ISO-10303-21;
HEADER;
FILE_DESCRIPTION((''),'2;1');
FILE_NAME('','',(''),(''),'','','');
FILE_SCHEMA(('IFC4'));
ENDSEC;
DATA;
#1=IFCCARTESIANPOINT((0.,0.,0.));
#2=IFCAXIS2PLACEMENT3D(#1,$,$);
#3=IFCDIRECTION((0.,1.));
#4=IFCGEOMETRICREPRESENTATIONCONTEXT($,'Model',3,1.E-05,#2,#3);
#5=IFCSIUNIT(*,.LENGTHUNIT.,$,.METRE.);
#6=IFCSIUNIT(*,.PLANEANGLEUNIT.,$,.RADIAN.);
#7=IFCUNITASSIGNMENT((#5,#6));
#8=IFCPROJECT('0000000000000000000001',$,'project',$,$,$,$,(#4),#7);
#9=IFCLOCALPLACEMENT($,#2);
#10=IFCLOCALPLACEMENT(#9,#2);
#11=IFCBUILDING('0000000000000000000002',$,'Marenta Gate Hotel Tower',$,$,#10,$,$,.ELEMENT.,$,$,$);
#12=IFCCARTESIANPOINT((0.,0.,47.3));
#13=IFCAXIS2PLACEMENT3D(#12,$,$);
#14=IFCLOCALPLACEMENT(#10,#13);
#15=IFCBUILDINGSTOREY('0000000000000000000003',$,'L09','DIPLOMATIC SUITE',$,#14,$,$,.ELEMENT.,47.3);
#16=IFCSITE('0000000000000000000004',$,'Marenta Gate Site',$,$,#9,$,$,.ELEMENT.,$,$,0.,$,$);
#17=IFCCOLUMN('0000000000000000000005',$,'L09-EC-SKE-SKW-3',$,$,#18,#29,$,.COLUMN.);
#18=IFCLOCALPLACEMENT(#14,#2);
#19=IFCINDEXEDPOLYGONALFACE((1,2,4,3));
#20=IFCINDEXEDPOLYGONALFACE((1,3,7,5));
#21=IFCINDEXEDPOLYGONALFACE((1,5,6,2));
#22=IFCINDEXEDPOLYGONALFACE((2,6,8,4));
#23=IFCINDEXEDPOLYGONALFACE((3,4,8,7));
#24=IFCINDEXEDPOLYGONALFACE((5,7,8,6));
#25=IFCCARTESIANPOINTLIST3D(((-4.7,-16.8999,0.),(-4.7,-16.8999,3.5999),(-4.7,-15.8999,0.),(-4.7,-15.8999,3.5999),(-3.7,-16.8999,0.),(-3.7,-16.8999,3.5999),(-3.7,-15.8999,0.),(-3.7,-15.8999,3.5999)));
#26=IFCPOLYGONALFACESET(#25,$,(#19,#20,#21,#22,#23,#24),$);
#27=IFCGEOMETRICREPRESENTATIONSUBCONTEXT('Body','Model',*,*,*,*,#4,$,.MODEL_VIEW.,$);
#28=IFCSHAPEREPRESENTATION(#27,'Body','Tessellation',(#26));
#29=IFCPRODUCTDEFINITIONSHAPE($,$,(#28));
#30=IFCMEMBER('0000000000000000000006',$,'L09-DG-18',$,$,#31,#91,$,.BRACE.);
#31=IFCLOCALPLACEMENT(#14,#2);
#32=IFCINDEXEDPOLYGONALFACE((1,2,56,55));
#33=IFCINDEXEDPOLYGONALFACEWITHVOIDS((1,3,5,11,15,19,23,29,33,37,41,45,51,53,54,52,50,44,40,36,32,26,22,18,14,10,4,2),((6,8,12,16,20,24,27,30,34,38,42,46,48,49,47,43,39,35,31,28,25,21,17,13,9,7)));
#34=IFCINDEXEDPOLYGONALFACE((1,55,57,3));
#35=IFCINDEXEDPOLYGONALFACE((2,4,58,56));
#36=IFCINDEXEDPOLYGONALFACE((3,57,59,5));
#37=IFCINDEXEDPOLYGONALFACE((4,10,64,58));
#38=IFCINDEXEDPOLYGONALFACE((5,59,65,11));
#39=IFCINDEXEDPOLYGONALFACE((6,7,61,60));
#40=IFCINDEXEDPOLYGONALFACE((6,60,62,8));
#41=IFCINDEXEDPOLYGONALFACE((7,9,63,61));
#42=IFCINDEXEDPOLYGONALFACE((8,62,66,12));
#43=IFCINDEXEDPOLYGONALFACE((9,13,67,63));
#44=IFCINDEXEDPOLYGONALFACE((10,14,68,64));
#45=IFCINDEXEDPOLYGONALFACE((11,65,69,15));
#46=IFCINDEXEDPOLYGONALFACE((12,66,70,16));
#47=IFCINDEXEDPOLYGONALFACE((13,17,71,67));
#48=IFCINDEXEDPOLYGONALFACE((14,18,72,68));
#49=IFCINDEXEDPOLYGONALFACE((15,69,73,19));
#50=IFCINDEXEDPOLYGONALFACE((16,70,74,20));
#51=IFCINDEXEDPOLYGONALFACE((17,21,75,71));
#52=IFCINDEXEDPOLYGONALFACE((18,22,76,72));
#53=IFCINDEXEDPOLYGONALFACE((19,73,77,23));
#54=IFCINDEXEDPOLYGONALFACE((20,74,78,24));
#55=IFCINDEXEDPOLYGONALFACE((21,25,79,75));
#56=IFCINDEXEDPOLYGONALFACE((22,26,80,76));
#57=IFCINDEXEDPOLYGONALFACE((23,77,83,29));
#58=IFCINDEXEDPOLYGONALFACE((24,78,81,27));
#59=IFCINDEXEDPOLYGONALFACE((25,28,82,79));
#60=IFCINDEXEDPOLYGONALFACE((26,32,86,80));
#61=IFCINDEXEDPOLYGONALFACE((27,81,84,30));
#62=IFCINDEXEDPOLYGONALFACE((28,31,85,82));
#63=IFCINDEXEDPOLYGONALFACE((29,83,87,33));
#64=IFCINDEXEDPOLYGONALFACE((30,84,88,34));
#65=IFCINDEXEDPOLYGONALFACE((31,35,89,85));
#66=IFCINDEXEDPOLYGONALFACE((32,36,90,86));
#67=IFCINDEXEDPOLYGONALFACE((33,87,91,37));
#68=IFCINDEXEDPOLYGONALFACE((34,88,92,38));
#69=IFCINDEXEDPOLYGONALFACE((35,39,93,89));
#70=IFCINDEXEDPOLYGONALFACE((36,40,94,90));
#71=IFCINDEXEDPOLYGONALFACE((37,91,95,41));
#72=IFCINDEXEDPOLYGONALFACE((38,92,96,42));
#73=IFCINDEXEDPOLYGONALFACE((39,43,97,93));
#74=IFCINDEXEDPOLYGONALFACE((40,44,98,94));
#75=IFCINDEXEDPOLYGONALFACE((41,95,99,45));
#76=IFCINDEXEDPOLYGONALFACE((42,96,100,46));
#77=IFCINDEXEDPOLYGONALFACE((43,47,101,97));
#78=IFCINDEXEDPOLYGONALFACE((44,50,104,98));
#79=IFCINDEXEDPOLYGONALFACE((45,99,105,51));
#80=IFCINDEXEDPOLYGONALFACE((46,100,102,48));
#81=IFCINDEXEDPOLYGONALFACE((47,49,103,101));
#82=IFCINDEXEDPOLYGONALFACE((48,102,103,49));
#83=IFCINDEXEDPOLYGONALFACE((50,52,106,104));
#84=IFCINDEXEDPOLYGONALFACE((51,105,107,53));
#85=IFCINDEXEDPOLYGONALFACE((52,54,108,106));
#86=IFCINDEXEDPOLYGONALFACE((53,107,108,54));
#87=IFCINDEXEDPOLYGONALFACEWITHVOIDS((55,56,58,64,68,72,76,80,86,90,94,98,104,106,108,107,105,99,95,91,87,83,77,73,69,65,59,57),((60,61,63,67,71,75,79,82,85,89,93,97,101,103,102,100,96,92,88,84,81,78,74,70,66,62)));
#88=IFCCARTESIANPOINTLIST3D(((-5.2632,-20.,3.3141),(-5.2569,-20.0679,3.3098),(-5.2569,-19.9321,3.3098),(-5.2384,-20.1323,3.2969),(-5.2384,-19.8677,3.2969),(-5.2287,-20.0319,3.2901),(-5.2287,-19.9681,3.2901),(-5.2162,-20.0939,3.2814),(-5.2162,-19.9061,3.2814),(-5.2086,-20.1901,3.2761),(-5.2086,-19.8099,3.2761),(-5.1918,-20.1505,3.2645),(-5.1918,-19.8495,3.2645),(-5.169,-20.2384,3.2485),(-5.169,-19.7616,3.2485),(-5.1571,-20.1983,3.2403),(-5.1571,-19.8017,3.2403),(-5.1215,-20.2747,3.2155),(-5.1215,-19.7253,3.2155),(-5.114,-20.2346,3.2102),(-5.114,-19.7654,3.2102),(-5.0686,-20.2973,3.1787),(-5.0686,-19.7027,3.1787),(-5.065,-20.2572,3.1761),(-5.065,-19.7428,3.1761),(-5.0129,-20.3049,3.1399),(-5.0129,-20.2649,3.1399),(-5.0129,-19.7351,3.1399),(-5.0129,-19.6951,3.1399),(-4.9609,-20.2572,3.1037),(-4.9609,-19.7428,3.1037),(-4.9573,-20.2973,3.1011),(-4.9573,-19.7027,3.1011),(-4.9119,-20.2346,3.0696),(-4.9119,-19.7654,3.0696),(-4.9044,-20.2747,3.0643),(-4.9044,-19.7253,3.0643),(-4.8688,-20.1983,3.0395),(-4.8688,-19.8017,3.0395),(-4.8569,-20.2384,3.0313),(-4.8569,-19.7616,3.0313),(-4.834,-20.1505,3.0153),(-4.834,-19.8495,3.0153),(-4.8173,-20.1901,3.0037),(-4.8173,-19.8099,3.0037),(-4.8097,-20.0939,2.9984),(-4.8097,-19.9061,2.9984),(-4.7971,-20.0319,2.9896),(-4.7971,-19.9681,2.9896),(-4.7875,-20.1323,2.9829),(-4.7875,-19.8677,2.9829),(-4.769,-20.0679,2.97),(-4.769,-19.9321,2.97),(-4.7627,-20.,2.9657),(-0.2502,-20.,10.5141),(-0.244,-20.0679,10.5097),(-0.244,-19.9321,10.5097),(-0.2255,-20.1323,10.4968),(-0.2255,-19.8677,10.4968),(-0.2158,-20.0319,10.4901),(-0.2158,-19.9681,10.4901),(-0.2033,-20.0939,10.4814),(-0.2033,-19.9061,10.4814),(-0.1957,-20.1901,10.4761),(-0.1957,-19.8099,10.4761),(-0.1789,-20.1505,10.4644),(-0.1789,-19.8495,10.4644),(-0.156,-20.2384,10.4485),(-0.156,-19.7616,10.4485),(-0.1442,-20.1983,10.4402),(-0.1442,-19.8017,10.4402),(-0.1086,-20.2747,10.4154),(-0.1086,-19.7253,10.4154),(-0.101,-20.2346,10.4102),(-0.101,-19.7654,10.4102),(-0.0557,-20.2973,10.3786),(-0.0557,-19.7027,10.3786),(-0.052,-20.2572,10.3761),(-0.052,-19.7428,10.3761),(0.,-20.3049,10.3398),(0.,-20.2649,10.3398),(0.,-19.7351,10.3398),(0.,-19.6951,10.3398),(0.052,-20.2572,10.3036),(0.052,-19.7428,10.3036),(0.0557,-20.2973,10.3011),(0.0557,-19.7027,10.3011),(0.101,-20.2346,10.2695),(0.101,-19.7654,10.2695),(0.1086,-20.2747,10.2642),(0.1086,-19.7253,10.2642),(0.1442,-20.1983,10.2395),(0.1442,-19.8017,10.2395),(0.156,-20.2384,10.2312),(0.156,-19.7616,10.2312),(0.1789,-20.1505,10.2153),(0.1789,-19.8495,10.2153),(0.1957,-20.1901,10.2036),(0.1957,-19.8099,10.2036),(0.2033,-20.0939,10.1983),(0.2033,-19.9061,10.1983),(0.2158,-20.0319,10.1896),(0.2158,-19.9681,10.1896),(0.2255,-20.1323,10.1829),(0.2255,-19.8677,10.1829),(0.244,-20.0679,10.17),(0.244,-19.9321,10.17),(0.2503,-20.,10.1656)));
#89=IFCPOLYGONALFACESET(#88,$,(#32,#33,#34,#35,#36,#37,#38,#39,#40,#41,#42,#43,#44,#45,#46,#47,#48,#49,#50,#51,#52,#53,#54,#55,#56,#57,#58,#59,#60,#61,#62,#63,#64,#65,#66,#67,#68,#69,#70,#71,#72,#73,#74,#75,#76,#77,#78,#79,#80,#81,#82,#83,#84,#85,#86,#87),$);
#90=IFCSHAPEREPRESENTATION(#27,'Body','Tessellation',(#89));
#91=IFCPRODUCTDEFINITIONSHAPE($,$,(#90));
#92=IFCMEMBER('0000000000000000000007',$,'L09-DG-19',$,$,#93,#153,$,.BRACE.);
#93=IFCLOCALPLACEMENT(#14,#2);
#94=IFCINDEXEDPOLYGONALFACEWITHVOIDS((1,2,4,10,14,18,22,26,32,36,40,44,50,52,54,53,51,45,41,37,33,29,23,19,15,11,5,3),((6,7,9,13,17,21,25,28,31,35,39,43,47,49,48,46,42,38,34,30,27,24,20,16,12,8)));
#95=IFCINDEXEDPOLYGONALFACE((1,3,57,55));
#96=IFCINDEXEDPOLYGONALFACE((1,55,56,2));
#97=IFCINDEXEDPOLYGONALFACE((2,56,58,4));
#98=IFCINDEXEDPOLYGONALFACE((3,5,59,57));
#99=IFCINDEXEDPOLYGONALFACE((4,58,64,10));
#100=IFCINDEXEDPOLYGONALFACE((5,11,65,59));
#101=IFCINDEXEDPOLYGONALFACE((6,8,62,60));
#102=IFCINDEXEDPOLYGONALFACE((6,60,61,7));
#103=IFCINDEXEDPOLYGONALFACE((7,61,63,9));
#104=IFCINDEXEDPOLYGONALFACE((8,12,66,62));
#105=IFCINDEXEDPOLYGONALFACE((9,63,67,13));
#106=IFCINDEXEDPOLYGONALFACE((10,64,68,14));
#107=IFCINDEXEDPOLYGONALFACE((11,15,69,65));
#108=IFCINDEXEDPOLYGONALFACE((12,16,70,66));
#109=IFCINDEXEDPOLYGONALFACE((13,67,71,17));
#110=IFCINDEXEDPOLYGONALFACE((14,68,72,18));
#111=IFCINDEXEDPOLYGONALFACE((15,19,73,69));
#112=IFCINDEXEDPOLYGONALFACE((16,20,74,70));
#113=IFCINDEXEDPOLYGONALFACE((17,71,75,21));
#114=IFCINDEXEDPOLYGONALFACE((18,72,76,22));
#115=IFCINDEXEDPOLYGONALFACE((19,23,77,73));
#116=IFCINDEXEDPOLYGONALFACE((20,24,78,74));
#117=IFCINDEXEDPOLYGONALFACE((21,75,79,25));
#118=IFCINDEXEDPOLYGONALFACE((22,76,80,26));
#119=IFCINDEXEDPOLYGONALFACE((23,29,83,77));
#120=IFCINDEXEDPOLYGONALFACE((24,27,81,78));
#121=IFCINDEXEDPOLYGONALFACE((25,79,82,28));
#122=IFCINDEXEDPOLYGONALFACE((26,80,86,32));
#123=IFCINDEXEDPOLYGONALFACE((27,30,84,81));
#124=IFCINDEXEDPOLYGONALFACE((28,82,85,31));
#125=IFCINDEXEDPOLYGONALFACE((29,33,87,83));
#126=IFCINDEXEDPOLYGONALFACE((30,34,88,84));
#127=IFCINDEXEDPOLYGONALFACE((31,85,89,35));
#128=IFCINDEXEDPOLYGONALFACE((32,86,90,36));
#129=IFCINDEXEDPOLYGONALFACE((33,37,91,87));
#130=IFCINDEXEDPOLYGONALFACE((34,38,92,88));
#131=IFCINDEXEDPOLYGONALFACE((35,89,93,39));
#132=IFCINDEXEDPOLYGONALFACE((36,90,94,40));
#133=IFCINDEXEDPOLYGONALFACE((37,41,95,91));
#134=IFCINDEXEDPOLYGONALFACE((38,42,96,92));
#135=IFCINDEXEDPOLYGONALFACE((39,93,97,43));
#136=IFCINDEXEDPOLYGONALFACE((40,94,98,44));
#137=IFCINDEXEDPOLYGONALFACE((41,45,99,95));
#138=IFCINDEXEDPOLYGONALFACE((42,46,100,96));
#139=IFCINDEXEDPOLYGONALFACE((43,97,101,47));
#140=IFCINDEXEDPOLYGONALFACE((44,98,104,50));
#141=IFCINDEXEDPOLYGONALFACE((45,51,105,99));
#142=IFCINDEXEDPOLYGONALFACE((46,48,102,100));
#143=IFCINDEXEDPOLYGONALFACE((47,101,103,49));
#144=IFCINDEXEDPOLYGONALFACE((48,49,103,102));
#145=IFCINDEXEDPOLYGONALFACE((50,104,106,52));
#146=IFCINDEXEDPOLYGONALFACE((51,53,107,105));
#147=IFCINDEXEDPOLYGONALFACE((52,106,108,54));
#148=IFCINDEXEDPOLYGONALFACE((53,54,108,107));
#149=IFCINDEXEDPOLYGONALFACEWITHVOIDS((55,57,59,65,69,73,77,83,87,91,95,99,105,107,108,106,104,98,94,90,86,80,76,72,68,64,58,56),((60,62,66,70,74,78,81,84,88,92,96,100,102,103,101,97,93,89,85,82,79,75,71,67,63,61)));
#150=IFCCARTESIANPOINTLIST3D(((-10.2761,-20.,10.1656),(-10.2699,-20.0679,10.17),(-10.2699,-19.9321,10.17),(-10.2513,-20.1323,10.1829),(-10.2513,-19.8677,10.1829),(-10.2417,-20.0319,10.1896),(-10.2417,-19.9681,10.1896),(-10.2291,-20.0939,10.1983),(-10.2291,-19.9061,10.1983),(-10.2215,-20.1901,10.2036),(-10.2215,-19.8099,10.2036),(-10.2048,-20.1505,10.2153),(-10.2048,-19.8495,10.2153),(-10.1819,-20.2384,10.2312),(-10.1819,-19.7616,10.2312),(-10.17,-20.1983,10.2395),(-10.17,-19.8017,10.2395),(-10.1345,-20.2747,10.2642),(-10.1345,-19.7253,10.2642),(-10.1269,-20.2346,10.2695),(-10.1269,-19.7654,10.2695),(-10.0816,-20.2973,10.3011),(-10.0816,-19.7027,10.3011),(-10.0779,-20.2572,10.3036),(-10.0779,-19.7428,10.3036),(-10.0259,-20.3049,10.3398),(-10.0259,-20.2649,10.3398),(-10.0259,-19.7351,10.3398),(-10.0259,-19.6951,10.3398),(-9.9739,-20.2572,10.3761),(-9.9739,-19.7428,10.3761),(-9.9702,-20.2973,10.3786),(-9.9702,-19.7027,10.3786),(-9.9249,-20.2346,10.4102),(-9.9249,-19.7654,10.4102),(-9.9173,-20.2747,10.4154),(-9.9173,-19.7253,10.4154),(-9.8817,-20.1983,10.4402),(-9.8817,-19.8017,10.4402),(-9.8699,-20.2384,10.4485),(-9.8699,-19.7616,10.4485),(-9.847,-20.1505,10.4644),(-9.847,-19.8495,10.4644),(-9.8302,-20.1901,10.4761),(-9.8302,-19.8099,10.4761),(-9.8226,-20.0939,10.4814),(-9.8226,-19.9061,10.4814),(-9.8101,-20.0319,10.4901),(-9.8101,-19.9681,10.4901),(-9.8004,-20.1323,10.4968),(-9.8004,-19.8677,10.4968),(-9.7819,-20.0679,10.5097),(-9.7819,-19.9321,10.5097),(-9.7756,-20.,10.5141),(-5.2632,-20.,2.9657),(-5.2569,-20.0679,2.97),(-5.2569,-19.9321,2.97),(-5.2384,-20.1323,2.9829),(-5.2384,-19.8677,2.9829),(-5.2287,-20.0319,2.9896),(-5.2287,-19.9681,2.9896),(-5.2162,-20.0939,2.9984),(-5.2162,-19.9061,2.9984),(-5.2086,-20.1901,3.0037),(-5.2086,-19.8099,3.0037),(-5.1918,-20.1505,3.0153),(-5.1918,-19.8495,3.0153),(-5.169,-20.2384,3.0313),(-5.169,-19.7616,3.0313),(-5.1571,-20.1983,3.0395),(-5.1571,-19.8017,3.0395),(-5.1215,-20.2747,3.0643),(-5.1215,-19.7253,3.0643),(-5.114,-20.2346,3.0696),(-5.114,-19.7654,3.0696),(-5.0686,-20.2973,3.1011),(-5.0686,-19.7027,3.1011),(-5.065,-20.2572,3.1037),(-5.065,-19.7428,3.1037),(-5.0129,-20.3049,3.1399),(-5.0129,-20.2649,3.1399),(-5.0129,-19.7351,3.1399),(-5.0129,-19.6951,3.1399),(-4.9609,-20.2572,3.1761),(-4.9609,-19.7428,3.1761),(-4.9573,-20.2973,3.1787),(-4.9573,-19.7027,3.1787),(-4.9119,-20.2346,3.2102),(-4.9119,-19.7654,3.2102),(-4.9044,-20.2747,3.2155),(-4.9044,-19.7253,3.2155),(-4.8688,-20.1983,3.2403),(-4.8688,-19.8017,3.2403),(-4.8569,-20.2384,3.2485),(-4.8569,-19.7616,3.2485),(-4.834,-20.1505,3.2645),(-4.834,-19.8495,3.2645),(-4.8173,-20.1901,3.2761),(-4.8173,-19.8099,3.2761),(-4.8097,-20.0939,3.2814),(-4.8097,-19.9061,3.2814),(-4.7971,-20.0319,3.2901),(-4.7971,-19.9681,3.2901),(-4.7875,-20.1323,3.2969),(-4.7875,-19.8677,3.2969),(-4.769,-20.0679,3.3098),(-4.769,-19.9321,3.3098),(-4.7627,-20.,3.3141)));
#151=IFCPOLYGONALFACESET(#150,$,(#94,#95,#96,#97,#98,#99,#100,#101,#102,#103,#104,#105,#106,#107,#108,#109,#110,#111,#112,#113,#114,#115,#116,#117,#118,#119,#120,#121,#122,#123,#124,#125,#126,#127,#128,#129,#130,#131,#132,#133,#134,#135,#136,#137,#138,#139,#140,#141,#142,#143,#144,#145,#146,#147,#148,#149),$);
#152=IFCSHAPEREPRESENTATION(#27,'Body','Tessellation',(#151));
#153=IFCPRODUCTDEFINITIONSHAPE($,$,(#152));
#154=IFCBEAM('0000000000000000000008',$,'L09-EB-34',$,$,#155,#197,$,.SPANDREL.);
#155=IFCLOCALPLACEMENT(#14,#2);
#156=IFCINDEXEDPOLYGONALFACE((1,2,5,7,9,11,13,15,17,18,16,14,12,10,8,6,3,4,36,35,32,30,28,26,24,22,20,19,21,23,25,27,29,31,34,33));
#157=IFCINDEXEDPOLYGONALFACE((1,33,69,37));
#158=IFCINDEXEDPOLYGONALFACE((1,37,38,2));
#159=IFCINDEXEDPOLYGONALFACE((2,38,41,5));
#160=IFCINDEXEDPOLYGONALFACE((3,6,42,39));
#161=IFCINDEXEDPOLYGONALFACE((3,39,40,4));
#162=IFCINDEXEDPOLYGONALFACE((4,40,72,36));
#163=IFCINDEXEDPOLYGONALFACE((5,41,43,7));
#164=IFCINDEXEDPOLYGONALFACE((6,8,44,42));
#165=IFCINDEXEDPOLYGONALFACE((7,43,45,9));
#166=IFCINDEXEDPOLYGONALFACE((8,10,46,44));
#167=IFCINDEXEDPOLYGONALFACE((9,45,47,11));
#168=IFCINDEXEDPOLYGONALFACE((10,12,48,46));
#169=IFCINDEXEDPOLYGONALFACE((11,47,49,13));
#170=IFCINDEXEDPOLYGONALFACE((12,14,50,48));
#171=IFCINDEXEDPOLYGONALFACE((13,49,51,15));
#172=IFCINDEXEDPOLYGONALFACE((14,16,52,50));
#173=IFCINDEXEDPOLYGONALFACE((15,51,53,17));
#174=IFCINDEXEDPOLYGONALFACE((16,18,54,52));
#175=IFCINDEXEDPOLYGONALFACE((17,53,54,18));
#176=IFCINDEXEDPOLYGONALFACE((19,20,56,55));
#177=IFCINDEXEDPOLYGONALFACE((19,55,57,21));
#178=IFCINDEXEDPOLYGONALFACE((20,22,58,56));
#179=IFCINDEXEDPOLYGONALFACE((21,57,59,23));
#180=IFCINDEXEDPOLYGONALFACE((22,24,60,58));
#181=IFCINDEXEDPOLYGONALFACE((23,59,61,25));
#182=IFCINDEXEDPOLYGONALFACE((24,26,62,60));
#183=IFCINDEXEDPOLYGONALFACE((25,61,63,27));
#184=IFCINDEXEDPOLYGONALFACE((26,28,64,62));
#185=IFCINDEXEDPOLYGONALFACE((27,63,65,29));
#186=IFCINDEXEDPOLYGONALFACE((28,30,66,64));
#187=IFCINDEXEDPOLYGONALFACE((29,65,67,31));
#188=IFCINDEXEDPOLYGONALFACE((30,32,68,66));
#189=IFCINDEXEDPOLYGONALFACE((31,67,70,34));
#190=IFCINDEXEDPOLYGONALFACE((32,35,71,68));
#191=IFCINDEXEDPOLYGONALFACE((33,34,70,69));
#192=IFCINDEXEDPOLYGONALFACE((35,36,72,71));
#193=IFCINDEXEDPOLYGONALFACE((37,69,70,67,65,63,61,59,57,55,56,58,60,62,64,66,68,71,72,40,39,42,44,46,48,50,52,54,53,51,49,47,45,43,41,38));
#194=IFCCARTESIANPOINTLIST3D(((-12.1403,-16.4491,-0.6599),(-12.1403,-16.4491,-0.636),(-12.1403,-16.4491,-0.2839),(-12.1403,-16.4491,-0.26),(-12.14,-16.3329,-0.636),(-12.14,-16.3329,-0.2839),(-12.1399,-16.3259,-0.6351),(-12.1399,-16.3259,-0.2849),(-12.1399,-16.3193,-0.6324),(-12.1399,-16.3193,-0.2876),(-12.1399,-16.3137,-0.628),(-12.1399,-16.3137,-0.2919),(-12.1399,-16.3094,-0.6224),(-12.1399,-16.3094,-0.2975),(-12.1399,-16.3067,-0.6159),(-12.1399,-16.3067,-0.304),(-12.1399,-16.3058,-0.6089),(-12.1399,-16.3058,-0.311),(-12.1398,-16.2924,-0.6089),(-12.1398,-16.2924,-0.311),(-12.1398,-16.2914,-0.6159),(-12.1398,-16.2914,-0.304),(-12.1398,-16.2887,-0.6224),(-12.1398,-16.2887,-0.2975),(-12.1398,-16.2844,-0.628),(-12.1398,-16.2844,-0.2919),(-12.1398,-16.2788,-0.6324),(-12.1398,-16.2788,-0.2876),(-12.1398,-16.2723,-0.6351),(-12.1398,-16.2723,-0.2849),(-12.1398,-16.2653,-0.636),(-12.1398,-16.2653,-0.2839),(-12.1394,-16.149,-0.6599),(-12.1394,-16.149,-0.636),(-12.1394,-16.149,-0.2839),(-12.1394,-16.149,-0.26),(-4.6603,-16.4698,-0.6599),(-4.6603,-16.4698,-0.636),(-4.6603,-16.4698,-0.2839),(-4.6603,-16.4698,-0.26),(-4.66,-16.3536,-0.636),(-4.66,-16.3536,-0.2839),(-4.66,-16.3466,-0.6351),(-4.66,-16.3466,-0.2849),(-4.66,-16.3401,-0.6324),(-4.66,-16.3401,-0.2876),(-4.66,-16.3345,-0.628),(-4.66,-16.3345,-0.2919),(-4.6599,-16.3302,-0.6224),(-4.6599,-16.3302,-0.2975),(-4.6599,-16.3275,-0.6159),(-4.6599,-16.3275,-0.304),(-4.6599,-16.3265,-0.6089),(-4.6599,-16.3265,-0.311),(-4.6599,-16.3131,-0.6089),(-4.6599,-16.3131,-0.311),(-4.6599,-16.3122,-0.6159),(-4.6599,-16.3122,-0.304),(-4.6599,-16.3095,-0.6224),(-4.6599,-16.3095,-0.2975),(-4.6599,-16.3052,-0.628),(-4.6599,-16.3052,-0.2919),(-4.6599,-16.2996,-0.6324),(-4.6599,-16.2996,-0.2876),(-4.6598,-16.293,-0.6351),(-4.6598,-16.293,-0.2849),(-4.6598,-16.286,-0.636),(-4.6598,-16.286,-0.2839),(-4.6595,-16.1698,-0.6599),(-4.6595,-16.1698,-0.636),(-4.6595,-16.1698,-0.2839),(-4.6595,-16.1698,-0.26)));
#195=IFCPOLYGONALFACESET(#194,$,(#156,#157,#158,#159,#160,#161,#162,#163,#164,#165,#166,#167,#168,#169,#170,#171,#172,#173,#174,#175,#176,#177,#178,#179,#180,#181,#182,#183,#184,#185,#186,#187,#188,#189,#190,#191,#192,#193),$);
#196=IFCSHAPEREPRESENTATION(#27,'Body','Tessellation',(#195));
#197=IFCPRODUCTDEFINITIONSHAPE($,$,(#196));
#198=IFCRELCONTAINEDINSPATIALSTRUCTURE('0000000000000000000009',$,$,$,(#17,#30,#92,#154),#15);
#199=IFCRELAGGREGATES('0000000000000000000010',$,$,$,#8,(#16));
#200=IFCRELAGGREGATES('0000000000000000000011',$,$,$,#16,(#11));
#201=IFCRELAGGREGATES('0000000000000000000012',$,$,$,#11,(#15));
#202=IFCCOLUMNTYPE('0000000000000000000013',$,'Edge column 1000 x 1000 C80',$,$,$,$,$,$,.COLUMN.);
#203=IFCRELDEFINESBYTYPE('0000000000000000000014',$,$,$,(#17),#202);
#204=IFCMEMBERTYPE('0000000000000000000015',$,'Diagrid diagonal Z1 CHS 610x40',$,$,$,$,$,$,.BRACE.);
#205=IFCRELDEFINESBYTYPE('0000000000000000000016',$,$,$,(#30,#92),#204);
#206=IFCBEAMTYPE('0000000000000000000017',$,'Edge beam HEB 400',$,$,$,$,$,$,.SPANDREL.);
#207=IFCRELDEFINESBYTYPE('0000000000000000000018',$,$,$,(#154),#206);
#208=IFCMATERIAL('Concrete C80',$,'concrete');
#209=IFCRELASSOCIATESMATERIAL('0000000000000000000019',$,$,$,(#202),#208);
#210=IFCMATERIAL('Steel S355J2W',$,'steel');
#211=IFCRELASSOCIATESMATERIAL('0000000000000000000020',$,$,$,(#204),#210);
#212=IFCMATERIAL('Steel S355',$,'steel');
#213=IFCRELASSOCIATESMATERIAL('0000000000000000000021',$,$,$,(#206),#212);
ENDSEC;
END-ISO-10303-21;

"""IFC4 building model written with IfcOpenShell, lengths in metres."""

from ifc_helpers import new_model, si_unit, direction, frame, origin, origin_2d, place, context, subcontext, project, spatial, rectangle, hollow_circle, i_section, extrude, material, material_profile, profile_set, type_object, element, save


model = new_model("IFC4")

# Units and contexts
model_context = context("Model", 3, precision=1e-05, world=origin(), true_north=direction((0.0, 1.0)))
body_context = subcontext(model_context, "Body", "Model", "MODEL_VIEW")
ifc_project = project(units=[si_unit("LENGTHUNIT", "METRE"), si_unit("PLANEANGLEUNIT", "RADIAN")], contexts=[model_context])

# Site, building, storey
site_placement = place(None, origin())
site = spatial("IfcSite", under=ifc_project, at=site_placement, Name="Marenta Gate Site", CompositionType="ELEMENT", RefElevation=0.0)
building_placement = place(site_placement, origin())
building = spatial("IfcBuilding", under=site, at=building_placement, Name="Marenta Gate Hotel Tower", CompositionType="ELEMENT")
storey_placement = place(building_placement, frame((0.0, 0.0, 47.3)))
storey = spatial("IfcBuildingStorey", under=building, at=storey_placement, Name="L09", Description="DIPLOMATIC SUITE", CompositionType="ELEMENT", Elevation=47.3)

# Column
ifc_material_1 = material(Name="Concrete C80", Category="concrete")
ifc_material_profile_1 = material_profile(ifc_material_1, rectangle(XDim=1.0, YDim=1.0, at=origin_2d()), Name="1000 x 1000")
ifc_profile_set_1 = profile_set([ifc_material_profile_1], Name="Concrete C80")
column_type = type_object("IfcColumnType", Name="Edge column 1000 x 1000 C80", PredefinedType="COLUMN", material=ifc_profile_set_1)
column_placement = place(storey_placement, frame((-4.2, -16.3999, 0.0), z_axis=(0.0, 0.0, 1.0), x_axis=(1.0, 0.0, 0.0)))
element("IfcColumn", 1, at=column_placement, inside=storey, type_object=column_type, Name="L09-EC-SKE-SKW-3", PredefinedType="COLUMN", context=body_context, shape_type="SweptSolid", body=[
    extrude(rectangle(XDim=1.0, YDim=1.0, at=origin_2d()), origin(), (0.0, 0.0, 1.0), 3.5999),
])

# Members
ifc_material_2 = material(Name="Steel S355J2W", Category="steel")
ifc_material_profile_2 = material_profile(ifc_material_2, hollow_circle(Radius=0.3049, WallThickness=0.04, at=origin_2d()), Name="CHS 610x40")
ifc_profile_set_2 = profile_set([ifc_material_profile_2], Name="Steel S355J2W")
member_type_1 = type_object("IfcMemberType", Name="Diagrid diagonal Z1 CHS 610x40", PredefinedType="BRACE", material=ifc_profile_set_2)
for number, where, z_axis, x_axis, name in (
    (2, (-5.0129, -20.0, 3.1399), (0.571393, 0.0, 0.820677), (0.0, 1.0, 0.0), "L09-DG-18"),
    (3, (-5.0129, -20.0, 3.1399), (-0.571393, 0.0, 0.820677), (0.0, -1.0, 0.0), "L09-DG-19"),
):
    element("IfcMember", number, at=place(storey_placement, frame(where, z_axis=z_axis, x_axis=x_axis)), inside=storey, type_object=member_type_1, Name=name, PredefinedType="BRACE", context=body_context, shape_type="SweptSolid", body=[
        extrude(hollow_circle(Radius=0.3049, WallThickness=0.04, at=origin_2d()), origin(), (0.0, 0.0, 1.0), 8.7732),
    ])

# Beam
ifc_material_3 = material(Name="Steel S355", Category="steel")
ifc_material_profile_3 = material_profile(ifc_material_3, i_section(OverallWidth=0.3, OverallDepth=0.3999, WebThickness=0.0134, FlangeThickness=0.0239, FilletRadius=0.0271, at=origin_2d()), Name="HEB 400")
ifc_profile_set_3 = profile_set([ifc_material_profile_3], Name="Steel S355")
beam_type = type_object("IfcBeamType", Name="Edge beam HEB 400", PredefinedType="SPANDREL", material=ifc_profile_set_3)
beam_placement = place(storey_placement, frame((-4.6599, -16.3198, -0.46), z_axis=(-0.999996, 0.002774, 0.0), x_axis=(-0.002774, -0.999996, 0.0)))
element("IfcBeam", 4, at=beam_placement, inside=storey, type_object=beam_type, Name="L09-EB-34", PredefinedType="SPANDREL", context=body_context, shape_type="SweptSolid", body=[
    extrude(i_section(OverallWidth=0.3, OverallDepth=0.3999, WebThickness=0.0134, FlangeThickness=0.0239, FilletRadius=0.0271, at=origin_2d()), origin(), (0.0, 0.0, 1.0), 7.48),
])

save(model, "model.ifc")
